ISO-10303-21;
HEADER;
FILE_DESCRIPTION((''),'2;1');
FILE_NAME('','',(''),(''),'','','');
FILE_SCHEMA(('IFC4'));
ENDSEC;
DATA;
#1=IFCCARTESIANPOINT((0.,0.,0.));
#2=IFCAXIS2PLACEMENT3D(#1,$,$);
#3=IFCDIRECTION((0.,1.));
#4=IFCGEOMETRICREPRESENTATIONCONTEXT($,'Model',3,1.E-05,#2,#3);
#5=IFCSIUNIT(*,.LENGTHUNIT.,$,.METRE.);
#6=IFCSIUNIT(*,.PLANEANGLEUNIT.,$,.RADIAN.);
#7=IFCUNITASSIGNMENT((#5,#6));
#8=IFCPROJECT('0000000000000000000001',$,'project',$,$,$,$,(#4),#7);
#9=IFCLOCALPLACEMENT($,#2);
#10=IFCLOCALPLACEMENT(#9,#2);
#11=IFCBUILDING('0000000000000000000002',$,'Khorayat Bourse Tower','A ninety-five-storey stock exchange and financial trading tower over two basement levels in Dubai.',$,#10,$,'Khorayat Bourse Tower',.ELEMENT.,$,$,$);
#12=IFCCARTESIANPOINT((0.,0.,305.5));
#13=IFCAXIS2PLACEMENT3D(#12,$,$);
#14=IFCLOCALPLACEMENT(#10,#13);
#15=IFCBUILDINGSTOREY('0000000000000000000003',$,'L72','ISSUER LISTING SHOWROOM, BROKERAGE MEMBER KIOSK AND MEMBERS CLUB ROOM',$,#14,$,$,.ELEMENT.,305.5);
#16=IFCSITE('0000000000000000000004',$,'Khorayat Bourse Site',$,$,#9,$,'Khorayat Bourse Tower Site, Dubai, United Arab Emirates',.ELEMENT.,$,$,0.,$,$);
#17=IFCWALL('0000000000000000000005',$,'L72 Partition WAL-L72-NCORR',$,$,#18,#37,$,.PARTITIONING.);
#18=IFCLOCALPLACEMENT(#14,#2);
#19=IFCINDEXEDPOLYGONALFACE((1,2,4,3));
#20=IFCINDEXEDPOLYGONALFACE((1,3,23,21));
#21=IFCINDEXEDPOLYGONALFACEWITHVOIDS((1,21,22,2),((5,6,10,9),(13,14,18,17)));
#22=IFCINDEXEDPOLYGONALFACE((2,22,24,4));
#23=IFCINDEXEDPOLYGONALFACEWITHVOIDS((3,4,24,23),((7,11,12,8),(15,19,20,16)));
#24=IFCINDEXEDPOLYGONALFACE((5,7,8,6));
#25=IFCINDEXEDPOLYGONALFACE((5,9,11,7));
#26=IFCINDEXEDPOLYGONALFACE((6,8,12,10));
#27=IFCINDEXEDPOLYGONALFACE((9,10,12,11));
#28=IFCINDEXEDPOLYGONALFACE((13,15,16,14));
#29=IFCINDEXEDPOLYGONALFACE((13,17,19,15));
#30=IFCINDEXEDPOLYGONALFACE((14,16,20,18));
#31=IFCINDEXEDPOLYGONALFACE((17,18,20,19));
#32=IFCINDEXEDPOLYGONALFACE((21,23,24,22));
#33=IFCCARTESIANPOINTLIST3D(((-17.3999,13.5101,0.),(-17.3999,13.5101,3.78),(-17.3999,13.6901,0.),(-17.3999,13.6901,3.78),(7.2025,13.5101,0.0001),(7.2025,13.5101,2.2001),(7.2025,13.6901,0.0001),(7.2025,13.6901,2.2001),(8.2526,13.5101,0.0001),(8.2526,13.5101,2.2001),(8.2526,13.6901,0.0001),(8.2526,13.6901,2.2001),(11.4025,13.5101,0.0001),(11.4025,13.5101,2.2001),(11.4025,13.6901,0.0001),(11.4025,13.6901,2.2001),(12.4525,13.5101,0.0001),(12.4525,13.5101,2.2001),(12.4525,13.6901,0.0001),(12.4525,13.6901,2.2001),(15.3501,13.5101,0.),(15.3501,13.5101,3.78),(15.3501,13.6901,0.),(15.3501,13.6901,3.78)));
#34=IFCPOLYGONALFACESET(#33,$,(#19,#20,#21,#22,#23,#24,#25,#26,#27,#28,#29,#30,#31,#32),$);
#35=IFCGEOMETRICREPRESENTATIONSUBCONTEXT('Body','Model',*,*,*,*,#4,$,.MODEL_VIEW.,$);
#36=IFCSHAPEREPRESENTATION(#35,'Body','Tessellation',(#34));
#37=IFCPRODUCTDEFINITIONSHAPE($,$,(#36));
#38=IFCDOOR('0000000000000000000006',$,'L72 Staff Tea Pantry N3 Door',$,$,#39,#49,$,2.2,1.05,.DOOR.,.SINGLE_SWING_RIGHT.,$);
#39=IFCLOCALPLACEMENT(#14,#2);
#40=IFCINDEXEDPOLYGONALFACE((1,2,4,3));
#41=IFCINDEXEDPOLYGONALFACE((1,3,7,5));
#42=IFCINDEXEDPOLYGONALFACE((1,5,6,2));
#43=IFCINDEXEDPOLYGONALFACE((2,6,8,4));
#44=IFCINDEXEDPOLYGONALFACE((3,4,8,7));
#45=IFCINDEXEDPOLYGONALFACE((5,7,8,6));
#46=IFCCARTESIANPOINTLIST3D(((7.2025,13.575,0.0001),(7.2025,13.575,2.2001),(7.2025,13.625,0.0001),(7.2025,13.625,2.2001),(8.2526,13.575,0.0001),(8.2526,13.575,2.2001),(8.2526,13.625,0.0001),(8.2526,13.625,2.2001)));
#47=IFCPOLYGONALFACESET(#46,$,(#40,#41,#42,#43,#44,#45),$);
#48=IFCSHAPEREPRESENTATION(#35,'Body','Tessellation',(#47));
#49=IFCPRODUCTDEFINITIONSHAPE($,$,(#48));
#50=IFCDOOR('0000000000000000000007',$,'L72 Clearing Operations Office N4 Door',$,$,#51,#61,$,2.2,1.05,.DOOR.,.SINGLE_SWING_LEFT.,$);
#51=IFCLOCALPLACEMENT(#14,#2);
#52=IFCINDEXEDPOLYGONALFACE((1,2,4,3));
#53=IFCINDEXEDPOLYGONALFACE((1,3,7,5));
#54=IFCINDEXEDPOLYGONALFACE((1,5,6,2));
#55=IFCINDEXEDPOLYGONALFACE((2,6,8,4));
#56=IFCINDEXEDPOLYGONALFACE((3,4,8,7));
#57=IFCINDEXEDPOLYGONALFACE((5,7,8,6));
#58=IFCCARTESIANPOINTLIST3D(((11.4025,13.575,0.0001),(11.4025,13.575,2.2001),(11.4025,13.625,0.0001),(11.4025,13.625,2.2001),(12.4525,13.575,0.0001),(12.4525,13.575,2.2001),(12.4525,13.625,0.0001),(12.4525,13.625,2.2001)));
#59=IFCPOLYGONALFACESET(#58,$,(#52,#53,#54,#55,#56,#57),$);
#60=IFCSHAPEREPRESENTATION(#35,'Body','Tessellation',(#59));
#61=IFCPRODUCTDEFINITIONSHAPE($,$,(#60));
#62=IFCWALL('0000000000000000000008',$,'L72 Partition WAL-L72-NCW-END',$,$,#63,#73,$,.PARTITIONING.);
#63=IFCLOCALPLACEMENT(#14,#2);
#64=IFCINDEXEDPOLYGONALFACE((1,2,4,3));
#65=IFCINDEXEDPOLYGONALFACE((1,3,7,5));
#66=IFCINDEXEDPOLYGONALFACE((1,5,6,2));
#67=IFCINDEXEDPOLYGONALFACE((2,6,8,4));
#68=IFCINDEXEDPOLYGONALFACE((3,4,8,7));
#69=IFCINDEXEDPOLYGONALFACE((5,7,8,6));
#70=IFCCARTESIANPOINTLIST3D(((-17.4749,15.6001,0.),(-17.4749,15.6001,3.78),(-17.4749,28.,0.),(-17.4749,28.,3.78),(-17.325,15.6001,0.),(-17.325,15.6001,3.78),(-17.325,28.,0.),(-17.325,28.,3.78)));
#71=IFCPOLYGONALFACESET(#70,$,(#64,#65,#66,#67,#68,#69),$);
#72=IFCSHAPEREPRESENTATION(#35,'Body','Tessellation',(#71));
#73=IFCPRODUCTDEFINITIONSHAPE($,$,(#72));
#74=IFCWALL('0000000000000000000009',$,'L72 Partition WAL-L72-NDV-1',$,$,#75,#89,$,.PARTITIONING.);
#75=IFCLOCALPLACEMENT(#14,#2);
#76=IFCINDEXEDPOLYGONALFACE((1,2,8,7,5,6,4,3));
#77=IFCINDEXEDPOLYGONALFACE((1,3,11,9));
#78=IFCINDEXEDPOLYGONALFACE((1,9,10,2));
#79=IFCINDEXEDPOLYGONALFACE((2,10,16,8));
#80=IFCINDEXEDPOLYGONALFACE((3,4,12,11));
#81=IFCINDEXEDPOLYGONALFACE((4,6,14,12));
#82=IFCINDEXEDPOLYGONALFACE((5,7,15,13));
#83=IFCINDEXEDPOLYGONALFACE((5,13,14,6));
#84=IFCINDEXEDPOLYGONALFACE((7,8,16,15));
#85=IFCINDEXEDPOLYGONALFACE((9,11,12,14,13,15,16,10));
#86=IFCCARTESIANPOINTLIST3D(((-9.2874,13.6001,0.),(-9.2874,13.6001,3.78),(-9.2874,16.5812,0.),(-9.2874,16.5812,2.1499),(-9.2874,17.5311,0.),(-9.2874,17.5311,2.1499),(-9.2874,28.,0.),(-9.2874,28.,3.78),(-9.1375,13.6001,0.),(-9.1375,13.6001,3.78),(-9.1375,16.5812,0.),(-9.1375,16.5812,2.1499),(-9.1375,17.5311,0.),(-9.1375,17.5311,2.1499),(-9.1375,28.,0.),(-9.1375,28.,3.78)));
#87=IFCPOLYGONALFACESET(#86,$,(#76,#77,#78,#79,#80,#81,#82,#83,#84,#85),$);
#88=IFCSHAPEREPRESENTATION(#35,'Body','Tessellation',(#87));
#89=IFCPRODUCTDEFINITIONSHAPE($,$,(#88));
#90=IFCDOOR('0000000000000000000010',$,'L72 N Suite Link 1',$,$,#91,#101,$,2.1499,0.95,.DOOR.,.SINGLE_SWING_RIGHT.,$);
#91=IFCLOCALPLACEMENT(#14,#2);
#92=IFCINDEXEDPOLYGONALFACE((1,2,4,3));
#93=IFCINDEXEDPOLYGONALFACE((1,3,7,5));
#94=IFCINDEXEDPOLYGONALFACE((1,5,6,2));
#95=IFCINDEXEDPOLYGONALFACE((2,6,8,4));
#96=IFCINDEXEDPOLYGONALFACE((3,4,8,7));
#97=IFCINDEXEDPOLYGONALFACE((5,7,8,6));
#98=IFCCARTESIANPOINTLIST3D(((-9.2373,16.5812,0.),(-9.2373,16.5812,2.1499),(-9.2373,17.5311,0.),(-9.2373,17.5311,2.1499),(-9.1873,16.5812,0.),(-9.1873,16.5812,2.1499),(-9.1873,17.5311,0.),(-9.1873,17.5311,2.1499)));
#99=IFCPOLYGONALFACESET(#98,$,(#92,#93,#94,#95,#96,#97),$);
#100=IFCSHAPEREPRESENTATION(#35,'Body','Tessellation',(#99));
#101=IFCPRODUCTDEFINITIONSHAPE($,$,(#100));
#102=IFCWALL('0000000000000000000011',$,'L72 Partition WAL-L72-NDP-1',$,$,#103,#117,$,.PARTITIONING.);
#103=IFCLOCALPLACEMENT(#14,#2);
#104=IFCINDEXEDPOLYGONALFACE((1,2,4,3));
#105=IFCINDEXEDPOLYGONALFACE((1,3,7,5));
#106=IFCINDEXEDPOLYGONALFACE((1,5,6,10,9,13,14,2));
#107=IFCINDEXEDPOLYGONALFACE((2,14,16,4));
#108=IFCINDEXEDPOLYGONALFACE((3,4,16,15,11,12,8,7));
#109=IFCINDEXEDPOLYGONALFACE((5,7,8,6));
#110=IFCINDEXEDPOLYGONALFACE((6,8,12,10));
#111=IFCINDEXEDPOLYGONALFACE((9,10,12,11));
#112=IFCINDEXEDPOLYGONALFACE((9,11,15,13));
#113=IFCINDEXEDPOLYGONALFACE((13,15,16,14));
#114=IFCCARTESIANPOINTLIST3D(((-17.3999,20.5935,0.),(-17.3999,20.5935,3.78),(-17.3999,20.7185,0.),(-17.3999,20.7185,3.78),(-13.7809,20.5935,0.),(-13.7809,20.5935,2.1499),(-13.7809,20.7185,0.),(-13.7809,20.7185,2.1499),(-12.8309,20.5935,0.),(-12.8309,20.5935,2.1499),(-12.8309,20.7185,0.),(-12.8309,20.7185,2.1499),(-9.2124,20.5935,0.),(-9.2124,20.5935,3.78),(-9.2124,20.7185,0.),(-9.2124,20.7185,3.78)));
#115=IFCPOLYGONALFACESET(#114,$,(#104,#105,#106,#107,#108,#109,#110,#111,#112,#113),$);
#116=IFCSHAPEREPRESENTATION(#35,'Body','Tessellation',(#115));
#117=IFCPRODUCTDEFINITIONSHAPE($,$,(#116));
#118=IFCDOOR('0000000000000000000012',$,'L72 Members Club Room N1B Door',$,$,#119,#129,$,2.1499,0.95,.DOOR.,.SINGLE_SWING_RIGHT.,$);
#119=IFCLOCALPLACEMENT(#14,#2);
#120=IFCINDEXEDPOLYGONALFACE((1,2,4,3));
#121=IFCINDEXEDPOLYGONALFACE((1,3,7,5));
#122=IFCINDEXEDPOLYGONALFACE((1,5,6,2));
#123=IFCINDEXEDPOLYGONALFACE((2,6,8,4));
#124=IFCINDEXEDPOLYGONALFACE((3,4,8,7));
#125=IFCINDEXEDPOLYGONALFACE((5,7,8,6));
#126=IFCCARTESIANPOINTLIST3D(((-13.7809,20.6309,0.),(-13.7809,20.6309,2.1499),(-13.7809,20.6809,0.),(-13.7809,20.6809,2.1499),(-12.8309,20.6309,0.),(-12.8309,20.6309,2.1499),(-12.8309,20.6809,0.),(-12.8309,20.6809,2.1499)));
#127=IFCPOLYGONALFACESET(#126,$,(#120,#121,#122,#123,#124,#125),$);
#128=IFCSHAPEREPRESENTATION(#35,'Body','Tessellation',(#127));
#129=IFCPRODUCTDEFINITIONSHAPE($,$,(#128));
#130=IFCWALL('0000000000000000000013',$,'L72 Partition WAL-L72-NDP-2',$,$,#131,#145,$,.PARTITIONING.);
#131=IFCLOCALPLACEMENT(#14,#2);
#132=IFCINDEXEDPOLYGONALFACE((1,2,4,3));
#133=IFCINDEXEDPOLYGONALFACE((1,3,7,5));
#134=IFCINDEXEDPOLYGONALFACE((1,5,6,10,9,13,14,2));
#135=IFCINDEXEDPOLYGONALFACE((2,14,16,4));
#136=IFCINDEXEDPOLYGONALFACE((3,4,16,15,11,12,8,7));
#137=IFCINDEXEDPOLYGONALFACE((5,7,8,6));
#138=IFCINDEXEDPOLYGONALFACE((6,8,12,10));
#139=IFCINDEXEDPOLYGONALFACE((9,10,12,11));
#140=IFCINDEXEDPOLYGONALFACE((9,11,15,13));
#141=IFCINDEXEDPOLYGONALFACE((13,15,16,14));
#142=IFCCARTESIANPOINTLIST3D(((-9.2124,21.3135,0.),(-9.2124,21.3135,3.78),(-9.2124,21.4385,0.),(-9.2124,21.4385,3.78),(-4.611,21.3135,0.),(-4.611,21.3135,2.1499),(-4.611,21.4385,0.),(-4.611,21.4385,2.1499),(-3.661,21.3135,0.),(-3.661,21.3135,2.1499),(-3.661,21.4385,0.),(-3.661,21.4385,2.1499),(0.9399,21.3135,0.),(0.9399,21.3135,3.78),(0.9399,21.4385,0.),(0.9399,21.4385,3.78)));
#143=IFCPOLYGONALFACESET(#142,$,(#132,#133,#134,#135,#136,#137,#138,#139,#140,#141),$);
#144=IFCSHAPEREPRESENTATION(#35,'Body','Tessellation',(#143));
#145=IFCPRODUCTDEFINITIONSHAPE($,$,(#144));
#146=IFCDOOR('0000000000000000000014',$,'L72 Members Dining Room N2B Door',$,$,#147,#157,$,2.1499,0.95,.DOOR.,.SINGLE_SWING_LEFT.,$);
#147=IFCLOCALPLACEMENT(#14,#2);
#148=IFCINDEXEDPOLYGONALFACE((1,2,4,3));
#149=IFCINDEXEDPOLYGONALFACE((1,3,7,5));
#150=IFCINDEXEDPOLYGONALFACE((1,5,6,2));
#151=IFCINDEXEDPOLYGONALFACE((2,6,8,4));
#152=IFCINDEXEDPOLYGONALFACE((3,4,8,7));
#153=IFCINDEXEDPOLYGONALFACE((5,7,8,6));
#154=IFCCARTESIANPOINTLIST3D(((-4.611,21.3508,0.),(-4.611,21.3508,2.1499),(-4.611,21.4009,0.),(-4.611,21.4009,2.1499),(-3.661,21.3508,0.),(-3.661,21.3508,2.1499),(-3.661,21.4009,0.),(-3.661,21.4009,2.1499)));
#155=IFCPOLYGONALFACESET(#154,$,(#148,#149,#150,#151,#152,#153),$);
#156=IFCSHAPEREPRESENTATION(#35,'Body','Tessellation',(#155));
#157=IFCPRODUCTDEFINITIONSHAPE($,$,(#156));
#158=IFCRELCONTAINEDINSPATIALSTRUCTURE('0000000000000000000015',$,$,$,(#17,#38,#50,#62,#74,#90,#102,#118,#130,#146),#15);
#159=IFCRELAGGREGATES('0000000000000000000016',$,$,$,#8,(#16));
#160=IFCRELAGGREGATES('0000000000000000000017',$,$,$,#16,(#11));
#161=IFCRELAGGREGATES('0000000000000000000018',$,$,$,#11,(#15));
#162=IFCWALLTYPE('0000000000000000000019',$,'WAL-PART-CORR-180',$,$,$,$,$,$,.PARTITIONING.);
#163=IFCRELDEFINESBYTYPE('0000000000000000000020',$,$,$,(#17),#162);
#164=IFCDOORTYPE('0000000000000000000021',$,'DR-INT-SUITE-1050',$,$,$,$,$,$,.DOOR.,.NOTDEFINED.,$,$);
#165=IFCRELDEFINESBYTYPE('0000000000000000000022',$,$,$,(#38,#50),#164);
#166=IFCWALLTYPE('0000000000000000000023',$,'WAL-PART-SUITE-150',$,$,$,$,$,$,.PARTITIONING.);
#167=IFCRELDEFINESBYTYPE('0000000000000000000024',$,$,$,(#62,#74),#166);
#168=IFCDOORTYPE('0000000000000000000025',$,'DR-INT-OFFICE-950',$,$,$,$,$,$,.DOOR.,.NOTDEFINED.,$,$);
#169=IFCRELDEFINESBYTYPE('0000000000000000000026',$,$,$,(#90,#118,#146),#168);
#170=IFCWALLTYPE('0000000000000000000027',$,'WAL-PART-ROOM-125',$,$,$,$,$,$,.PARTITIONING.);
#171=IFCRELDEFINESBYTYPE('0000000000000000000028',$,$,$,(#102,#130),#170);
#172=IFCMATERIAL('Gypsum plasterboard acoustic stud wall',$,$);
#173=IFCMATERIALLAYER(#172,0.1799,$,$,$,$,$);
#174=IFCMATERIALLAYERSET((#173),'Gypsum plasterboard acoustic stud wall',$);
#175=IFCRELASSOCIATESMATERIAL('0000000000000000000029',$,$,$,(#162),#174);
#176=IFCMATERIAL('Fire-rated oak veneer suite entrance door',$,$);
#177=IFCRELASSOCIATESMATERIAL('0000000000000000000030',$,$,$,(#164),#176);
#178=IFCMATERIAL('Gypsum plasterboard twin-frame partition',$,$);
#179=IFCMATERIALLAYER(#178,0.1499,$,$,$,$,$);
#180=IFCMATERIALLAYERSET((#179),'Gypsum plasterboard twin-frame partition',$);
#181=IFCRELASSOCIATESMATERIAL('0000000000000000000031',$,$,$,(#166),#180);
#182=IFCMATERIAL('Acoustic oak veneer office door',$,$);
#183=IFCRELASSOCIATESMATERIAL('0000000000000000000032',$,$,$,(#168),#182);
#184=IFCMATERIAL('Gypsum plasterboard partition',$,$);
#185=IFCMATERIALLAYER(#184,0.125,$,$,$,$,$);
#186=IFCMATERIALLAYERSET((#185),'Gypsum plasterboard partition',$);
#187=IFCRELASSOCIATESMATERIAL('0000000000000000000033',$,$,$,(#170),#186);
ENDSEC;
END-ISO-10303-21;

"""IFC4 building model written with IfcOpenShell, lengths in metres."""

from ifc_helpers import new_model, si_unit, direction, frame, frame_2d, origin, place, context, subcontext, project, spatial, rectangle, extrude, source, transform, mapped, material, layer, layer_set, type_object, element, fill, save


model = new_model("IFC4")

# Units and contexts
model_context = context("Model", 3, precision=1e-05, world=origin(), true_north=direction((0.0, 1.0)))
body_context = subcontext(model_context, "Body", "Model", "MODEL_VIEW")
ifc_project = project(units=[si_unit("LENGTHUNIT", "METRE"), si_unit("PLANEANGLEUNIT", "RADIAN")], contexts=[model_context])

# Site, building, storey
site_placement = place(None, origin())
site = spatial("IfcSite", under=ifc_project, at=site_placement, Name="Khorayat Bourse Site", LongName="Khorayat Bourse Tower Site, Dubai, United Arab Emirates", CompositionType="ELEMENT", RefElevation=0.0)
building_placement = place(site_placement, origin())
building = spatial("IfcBuilding", under=site, at=building_placement, Name="Khorayat Bourse Tower", Description="A ninety-five-storey stock exchange and financial trading tower over two basement levels in Dubai.", LongName="Khorayat Bourse Tower", CompositionType="ELEMENT")
storey_placement = place(building_placement, frame((0.0, 0.0, 305.5)))
storey = spatial("IfcBuildingStorey", under=building, at=storey_placement, Name="L72", Description="ISSUER LISTING SHOWROOM, BROKERAGE MEMBER KIOSK AND MEMBERS CLUB ROOM", CompositionType="ELEMENT", Elevation=305.5)

# Wall, openings, doors
ifc_material_1 = material(Name="Gypsum plasterboard acoustic stud wall")
ifc_layer_1 = layer(ifc_material_1, 0.1799)
ifc_layer_set_1 = layer_set([ifc_layer_1], Name="Gypsum plasterboard acoustic stud wall")
wall_type_1 = type_object("IfcWallType", Name="WAL-PART-CORR-180", PredefinedType="PARTITIONING", material=ifc_layer_set_1)
shared_shape_1 = source(origin(), body_context, "Body", "SweptSolid", [
    extrude(rectangle(XDim=32.75, YDim=0.1799, at=frame_2d((16.375, 0.0))), origin(), (0.0, 0.0, 1.0), 3.78),
])
wall_1_placement = place(storey_placement, frame((-17.3999, 13.6001, 0.0), z_axis=(0.0, 0.0, 1.0), x_axis=(1.0, 0.0, 0.0)))
wall_1 = element("IfcWall", 1, at=wall_1_placement, inside=storey, type_object=wall_type_1, Name="L72 Partition WAL-L72-NCORR", PredefinedType="PARTITIONING", context=body_context, shape_type="MappedRepresentation", body=[
    mapped(shared_shape_1, transform((0.0, 0.0, 0.0), scale=1.0)),
])
shared_shape_2 = source(origin(), body_context, "Body", "SweptSolid", [
    extrude(rectangle(XDim=1.05, YDim=2.2, at=frame_2d((0.5249, 1.1001))), frame((0.0, 0.0999, 0.0), z_axis=(0.0, -1.0, 0.0), x_axis=(1.0, 0.0, 0.0)), (0.0, 0.0, 1.0), 0.2),
])
opening_1_placement = place(wall_1_placement, frame((24.6025, 0.0, 0.0)))
opening_1 = element("IfcOpeningElement", 2, at=opening_1_placement, cuts=wall_1, PredefinedType="OPENING", context=body_context, shape_type="MappedRepresentation", body=[
    mapped(shared_shape_2, transform((0.0, 0.0, 0.0), scale=1.0)),
])
opening_2_placement = place(wall_1_placement, frame((28.8025, 0.0, 0.0)))
opening_2 = element("IfcOpeningElement", 3, at=opening_2_placement, cuts=wall_1, PredefinedType="OPENING", context=body_context, shape_type="MappedRepresentation", body=[
    mapped(shared_shape_2, transform((0.0, 0.0, 0.0), scale=1.0)),
])
ifc_material_2 = material(Name="Fire-rated oak veneer suite entrance door")
door_type_1 = type_object("IfcDoorType", Name="DR-INT-SUITE-1050", OperationType="NOTDEFINED", PredefinedType="DOOR", material=ifc_material_2)
shared_shape_3 = source(origin(), body_context, "Body", "SweptSolid", [
    extrude(rectangle(XDim=1.05, YDim=2.2, at=frame_2d((0.5249, 1.1001))), frame((0.0, 0.0249, 0.0), z_axis=(0.0, -1.0, 0.0), x_axis=(1.0, 0.0, 0.0)), (0.0, 0.0, 1.0), 0.05),
])
door_1_placement = place(opening_1_placement, origin())
door_1 = element("IfcDoor", 4, at=door_1_placement, inside=storey, type_object=door_type_1, Name="L72 Staff Tea Pantry N3 Door", OperationType="SINGLE_SWING_RIGHT", OverallHeight=2.2, OverallWidth=1.05, PredefinedType="DOOR", context=body_context, shape_type="MappedRepresentation", body=[
    mapped(shared_shape_3, transform((0.0, 0.0, 0.0), scale=1.0)),
])
fill(opening_1, door_1)
door_2_placement = place(opening_2_placement, origin())
door_2 = element("IfcDoor", 5, at=door_2_placement, inside=storey, type_object=door_type_1, Name="L72 Clearing Operations Office N4 Door", OperationType="SINGLE_SWING_LEFT", OverallHeight=2.2, OverallWidth=1.05, PredefinedType="DOOR", context=body_context, shape_type="MappedRepresentation", body=[
    mapped(shared_shape_3, transform((0.0, 0.0, 0.0), scale=1.0)),
])
fill(opening_2, door_2)

# Wall
ifc_material_3 = material(Name="Gypsum plasterboard twin-frame partition")
ifc_layer_2 = layer(ifc_material_3, 0.1499)
ifc_layer_set_2 = layer_set([ifc_layer_2], Name="Gypsum plasterboard twin-frame partition")
wall_type_2 = type_object("IfcWallType", Name="WAL-PART-SUITE-150", PredefinedType="PARTITIONING", material=ifc_layer_set_2)
shared_shape_4 = source(origin(), body_context, "Body", "SweptSolid", [
    extrude(rectangle(XDim=12.3999, YDim=0.1499, at=frame_2d((6.2, 0.0))), origin(), (0.0, 0.0, 1.0), 3.78),
])
wall_2_placement = place(storey_placement, frame((-17.3999, 15.6001, 0.0), z_axis=(0.0, 0.0, 1.0), x_axis=(0.0, 1.0, 0.0)))
element("IfcWall", 6, at=wall_2_placement, inside=storey, type_object=wall_type_2, Name="L72 Partition WAL-L72-NCW-END", PredefinedType="PARTITIONING", context=body_context, shape_type="MappedRepresentation", body=[
    mapped(shared_shape_4, transform((0.0, 0.0, 0.0), scale=1.0)),
])

# Walls, openings, doors
shared_shape_5 = source(origin(), body_context, "Body", "SweptSolid", [
    extrude(rectangle(XDim=14.3999, YDim=0.1499, at=frame_2d((7.2, 0.0))), origin(), (0.0, 0.0, 1.0), 3.78),
])
wall_3_placement = place(storey_placement, frame((-9.2124, 13.6001, 0.0), z_axis=(0.0, 0.0, 1.0), x_axis=(0.0, 1.0, 0.0)))
wall_3 = element("IfcWall", 7, at=wall_3_placement, inside=storey, type_object=wall_type_2, Name="L72 Partition WAL-L72-NDV-1", PredefinedType="PARTITIONING", context=body_context, shape_type="MappedRepresentation", body=[
    mapped(shared_shape_5, transform((0.0, 0.0, 0.0), scale=1.0)),
])
shared_shape_6 = source(origin(), body_context, "Body", "SweptSolid", [
    extrude(rectangle(XDim=0.95, YDim=2.1499, at=frame_2d((0.4751, 1.075))), frame((0.0, 0.085, 0.0), z_axis=(0.0, -1.0, 0.0), x_axis=(1.0, 0.0, 0.0)), (0.0, 0.0, 1.0), 0.1699),
])
opening_3_placement = place(wall_3_placement, frame((2.981, 0.0, 0.0)))
opening_3 = element("IfcOpeningElement", 8, at=opening_3_placement, cuts=wall_3, PredefinedType="OPENING", context=body_context, shape_type="MappedRepresentation", body=[
    mapped(shared_shape_6, transform((0.0, 0.0, 0.0), scale=1.0)),
])
ifc_material_4 = material(Name="Acoustic oak veneer office door")
door_type_2 = type_object("IfcDoorType", Name="DR-INT-OFFICE-950", OperationType="NOTDEFINED", PredefinedType="DOOR", material=ifc_material_4)
shared_shape_7 = source(origin(), body_context, "Body", "SweptSolid", [
    extrude(rectangle(XDim=0.95, YDim=2.1499, at=frame_2d((0.4751, 1.075))), frame((0.0, 0.0249, 0.0), z_axis=(0.0, -1.0, 0.0), x_axis=(1.0, 0.0, 0.0)), (0.0, 0.0, 1.0), 0.05),
])
door_3_placement = place(opening_3_placement, origin())
door_3 = element("IfcDoor", 9, at=door_3_placement, inside=storey, type_object=door_type_2, Name="L72 N Suite Link 1", OperationType="SINGLE_SWING_RIGHT", OverallHeight=2.1499, OverallWidth=0.95, PredefinedType="DOOR", context=body_context, shape_type="MappedRepresentation", body=[
    mapped(shared_shape_7, transform((0.0, 0.0, 0.0), scale=1.0)),
])
fill(opening_3, door_3)
ifc_material_5 = material(Name="Gypsum plasterboard partition")
ifc_layer_3 = layer(ifc_material_5, 0.125)
ifc_layer_set_3 = layer_set([ifc_layer_3], Name="Gypsum plasterboard partition")
wall_type_3 = type_object("IfcWallType", Name="WAL-PART-ROOM-125", PredefinedType="PARTITIONING", material=ifc_layer_set_3)
shared_shape_8 = source(origin(), body_context, "Body", "SweptSolid", [
    extrude(rectangle(XDim=8.1875, YDim=0.125, at=frame_2d((4.0938, 0.0))), origin(), (0.0, 0.0, 1.0), 3.78),
])
wall_4_placement = place(storey_placement, frame((-17.3999, 20.656, 0.0), z_axis=(0.0, 0.0, 1.0), x_axis=(1.0, 0.0, 0.0)))
wall_4 = element("IfcWall", 10, at=wall_4_placement, inside=storey, type_object=wall_type_3, Name="L72 Partition WAL-L72-NDP-1", PredefinedType="PARTITIONING", context=body_context, shape_type="MappedRepresentation", body=[
    mapped(shared_shape_8, transform((0.0, 0.0, 0.0), scale=1.0)),
])
shared_shape_9 = source(origin(), body_context, "Body", "SweptSolid", [
    extrude(rectangle(XDim=0.95, YDim=2.1499, at=frame_2d((0.4751, 1.075))), frame((0.0, 0.0725, 0.0), z_axis=(0.0, -1.0, 0.0), x_axis=(1.0, 0.0, 0.0)), (0.0, 0.0, 1.0), 0.145),
])
opening_4_placement = place(wall_4_placement, frame((3.6189, 0.0, 0.0)))
opening_4 = element("IfcOpeningElement", 11, at=opening_4_placement, cuts=wall_4, PredefinedType="OPENING", context=body_context, shape_type="MappedRepresentation", body=[
    mapped(shared_shape_9, transform((0.0, 0.0, 0.0), scale=1.0)),
])
door_4_placement = place(opening_4_placement, origin())
door_4 = element("IfcDoor", 12, at=door_4_placement, inside=storey, type_object=door_type_2, Name="L72 Members Club Room N1B Door", OperationType="SINGLE_SWING_RIGHT", OverallHeight=2.1499, OverallWidth=0.95, PredefinedType="DOOR", context=body_context, shape_type="MappedRepresentation", body=[
    mapped(shared_shape_7, transform((0.0, 0.0, 0.0), scale=1.0)),
])
fill(opening_4, door_4)
shared_shape_10 = source(origin(), body_context, "Body", "SweptSolid", [
    extrude(rectangle(XDim=10.1523, YDim=0.125, at=frame_2d((5.0762, 0.0))), origin(), (0.0, 0.0, 1.0), 3.78),
])
wall_5_placement = place(storey_placement, frame((-9.2124, 21.376, 0.0), z_axis=(0.0, 0.0, 1.0), x_axis=(1.0, 0.0, 0.0)))
wall_5 = element("IfcWall", 13, at=wall_5_placement, inside=storey, type_object=wall_type_3, Name="L72 Partition WAL-L72-NDP-2", PredefinedType="PARTITIONING", context=body_context, shape_type="MappedRepresentation", body=[
    mapped(shared_shape_10, transform((0.0, 0.0, 0.0), scale=1.0)),
])
opening_5_placement = place(wall_5_placement, frame((4.6013, 0.0, 0.0)))
opening_5 = element("IfcOpeningElement", 14, at=opening_5_placement, cuts=wall_5, PredefinedType="OPENING", context=body_context, shape_type="MappedRepresentation", body=[
    mapped(shared_shape_9, transform((0.0, 0.0, 0.0), scale=1.0)),
])
door_5_placement = place(opening_5_placement, origin())
door_5 = element("IfcDoor", 15, at=door_5_placement, inside=storey, type_object=door_type_2, Name="L72 Members Dining Room N2B Door", OperationType="SINGLE_SWING_LEFT", OverallHeight=2.1499, OverallWidth=0.95, PredefinedType="DOOR", context=body_context, shape_type="MappedRepresentation", body=[
    mapped(shared_shape_7, transform((0.0, 0.0, 0.0), scale=1.0)),
])
fill(opening_5, door_5)

save(model, "model.ifc")
